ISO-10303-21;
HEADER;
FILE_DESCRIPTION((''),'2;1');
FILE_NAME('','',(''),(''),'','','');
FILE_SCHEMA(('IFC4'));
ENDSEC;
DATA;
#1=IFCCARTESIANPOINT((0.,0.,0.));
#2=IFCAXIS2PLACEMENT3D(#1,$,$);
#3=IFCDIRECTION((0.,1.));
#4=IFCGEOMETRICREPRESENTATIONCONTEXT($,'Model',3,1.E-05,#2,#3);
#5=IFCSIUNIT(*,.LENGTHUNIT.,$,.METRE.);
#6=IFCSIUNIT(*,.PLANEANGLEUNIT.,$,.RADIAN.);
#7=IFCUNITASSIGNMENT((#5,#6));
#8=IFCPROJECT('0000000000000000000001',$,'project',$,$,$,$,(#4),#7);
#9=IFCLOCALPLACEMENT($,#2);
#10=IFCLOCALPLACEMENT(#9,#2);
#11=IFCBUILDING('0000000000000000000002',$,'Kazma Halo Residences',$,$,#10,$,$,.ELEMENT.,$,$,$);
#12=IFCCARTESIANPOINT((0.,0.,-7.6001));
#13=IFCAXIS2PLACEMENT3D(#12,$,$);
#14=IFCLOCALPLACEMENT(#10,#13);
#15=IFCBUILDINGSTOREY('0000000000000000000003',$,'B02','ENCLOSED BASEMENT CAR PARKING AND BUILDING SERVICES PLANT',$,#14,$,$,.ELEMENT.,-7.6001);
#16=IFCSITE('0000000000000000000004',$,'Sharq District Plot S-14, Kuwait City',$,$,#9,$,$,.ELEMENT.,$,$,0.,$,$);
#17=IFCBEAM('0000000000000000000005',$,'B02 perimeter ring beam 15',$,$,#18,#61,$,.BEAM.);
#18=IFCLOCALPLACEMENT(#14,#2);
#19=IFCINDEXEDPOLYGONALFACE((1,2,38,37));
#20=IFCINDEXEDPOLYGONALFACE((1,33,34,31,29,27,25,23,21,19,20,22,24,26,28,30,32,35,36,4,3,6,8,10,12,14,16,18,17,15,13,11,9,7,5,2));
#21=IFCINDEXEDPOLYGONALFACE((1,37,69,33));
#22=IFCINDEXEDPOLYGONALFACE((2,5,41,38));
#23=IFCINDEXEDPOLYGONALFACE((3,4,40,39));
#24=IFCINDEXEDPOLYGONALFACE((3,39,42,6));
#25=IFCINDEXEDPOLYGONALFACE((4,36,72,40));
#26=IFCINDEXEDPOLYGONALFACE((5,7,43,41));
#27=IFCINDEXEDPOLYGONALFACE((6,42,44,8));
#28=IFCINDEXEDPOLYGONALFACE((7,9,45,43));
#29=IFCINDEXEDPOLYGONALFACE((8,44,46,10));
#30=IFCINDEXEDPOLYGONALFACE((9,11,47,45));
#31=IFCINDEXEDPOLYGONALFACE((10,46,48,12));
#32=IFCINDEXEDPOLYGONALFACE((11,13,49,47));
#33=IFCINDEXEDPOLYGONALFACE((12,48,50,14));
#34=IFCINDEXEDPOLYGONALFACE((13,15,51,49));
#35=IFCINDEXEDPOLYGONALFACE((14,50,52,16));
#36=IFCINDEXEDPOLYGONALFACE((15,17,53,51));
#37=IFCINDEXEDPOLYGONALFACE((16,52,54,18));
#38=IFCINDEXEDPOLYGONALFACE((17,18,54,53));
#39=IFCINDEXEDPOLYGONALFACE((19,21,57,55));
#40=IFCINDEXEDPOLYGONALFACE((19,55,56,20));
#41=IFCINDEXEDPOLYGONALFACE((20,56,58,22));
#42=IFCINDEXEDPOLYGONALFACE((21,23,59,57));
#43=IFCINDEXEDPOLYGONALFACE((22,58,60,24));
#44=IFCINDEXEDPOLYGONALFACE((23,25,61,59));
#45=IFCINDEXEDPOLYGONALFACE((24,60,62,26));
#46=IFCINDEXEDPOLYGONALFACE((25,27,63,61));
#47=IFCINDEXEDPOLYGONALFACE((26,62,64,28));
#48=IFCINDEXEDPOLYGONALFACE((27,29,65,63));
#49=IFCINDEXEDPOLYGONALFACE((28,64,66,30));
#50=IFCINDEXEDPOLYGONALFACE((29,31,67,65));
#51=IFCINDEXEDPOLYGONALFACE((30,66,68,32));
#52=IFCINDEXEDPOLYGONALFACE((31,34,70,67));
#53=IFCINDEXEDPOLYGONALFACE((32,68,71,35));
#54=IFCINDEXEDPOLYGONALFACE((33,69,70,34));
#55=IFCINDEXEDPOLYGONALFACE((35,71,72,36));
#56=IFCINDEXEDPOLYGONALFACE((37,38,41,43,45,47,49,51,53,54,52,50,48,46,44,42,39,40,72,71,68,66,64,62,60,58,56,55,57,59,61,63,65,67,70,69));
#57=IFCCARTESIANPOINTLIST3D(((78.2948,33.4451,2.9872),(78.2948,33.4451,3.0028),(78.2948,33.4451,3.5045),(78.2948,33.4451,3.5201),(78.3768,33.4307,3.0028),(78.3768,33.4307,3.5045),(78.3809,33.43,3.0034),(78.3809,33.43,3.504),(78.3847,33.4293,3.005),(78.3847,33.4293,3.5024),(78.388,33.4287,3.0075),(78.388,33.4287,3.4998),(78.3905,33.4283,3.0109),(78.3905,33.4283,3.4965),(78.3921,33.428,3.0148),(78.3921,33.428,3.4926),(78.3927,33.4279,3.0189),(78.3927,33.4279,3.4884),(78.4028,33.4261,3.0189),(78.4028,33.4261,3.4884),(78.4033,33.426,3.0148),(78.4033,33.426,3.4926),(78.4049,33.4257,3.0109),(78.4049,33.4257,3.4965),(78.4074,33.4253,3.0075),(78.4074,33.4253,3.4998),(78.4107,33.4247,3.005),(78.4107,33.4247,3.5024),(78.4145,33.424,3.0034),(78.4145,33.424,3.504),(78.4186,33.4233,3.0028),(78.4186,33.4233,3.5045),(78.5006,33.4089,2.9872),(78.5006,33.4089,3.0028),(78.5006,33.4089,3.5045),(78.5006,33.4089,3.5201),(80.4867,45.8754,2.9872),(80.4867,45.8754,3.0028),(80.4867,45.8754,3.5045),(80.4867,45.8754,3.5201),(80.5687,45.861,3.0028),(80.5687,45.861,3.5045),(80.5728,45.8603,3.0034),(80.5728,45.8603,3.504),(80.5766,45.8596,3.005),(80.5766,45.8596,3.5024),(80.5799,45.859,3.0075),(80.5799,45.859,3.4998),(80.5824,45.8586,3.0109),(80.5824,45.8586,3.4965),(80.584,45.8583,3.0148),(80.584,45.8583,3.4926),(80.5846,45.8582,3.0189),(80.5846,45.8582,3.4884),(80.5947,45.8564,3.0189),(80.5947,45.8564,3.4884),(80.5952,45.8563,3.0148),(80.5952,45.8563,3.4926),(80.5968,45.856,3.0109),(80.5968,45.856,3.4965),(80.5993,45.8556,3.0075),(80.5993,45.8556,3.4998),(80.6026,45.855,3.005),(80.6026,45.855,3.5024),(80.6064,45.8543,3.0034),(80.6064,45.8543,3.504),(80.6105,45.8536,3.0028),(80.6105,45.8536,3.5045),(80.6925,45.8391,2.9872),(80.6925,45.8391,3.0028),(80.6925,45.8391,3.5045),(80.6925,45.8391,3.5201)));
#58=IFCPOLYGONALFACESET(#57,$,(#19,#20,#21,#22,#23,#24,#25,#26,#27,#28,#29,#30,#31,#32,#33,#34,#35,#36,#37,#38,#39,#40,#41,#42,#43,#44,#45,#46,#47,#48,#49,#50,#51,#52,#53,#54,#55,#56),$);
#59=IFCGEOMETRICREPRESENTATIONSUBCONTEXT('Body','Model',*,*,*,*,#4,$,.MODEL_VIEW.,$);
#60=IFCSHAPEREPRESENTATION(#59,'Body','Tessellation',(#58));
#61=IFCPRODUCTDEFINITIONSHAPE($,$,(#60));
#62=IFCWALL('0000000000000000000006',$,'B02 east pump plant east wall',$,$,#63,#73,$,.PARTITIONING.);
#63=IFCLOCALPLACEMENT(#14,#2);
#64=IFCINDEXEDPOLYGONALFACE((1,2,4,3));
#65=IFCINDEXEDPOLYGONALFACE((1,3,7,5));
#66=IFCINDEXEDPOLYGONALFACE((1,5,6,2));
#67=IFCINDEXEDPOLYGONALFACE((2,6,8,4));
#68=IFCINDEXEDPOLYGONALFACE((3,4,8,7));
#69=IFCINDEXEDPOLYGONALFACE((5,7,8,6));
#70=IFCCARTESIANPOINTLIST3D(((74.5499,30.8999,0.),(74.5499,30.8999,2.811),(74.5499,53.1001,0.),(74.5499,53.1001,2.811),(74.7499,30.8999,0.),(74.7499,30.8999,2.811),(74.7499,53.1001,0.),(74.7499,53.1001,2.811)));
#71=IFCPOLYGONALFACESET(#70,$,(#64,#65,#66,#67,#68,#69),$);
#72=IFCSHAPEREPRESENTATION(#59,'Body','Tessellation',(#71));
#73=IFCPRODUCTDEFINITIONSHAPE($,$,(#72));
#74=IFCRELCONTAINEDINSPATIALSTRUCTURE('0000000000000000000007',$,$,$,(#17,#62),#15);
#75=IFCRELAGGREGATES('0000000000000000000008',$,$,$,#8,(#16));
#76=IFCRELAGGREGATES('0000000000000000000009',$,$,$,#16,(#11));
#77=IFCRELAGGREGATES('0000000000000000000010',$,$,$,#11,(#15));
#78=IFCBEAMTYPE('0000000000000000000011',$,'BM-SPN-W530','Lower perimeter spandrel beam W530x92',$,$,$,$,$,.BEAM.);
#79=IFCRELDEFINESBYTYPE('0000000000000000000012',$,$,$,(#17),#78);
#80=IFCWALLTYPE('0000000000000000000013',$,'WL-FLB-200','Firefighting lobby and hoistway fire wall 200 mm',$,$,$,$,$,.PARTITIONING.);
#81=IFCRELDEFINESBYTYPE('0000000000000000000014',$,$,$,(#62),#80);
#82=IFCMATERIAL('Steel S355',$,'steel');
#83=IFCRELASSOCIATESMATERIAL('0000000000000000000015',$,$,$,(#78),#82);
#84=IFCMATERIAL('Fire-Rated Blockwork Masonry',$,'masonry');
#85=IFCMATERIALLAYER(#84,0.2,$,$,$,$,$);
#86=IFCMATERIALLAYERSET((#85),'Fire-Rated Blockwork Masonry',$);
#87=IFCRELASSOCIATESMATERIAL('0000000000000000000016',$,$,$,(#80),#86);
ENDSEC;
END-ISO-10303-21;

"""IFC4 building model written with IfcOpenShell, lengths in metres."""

from ifc_helpers import new_model, si_unit, direction, frame, frame_2d, origin, origin_2d, place, context, subcontext, project, spatial, rectangle, i_section, extrude, material, layer, layer_set, material_profile, profile_set, type_object, element, save


model = new_model("IFC4")

# Units and contexts
model_context = context("Model", 3, precision=1e-05, world=origin(), true_north=direction((0.0, 1.0)))
body_context = subcontext(model_context, "Body", "Model", "MODEL_VIEW")
ifc_project = project(units=[si_unit("LENGTHUNIT", "METRE"), si_unit("PLANEANGLEUNIT", "RADIAN")], contexts=[model_context])

# Site, building, storey
site_placement = place(None, origin())
site = spatial("IfcSite", under=ifc_project, at=site_placement, Name="Sharq District Plot S-14, Kuwait City", CompositionType="ELEMENT", RefElevation=0.0)
building_placement = place(site_placement, origin())
building = spatial("IfcBuilding", under=site, at=building_placement, Name="Kazma Halo Residences", CompositionType="ELEMENT")
storey_placement = place(building_placement, frame((0.0, 0.0, -7.6001)))
storey = spatial("IfcBuildingStorey", under=building, at=storey_placement, Name="B02", Description="ENCLOSED BASEMENT CAR PARKING AND BUILDING SERVICES PLANT", CompositionType="ELEMENT", Elevation=-7.6001)

# Beam
ifc_material_1 = material(Name="Steel S355", Category="steel")
ifc_material_profile_1 = material_profile(ifc_material_1, i_section(OverallWidth=0.209, OverallDepth=0.533, WebThickness=0.0103, FlangeThickness=0.0156, FilletRadius=0.0161, at=origin_2d()), Name="W530x92")
ifc_profile_set_1 = profile_set([ifc_material_profile_1], Name="Steel S355")
beam_type_1 = type_object("IfcBeamType", Name="BM-SPN-W530", Description="Lower perimeter spandrel beam W530x92", PredefinedType="BEAM", material=ifc_profile_set_1)
beam_1_placement = place(storey_placement, frame((78.3977, 33.427, 3.2537), z_axis=(0.173657, 0.984806, 0.0), x_axis=(-0.984806, 0.173657, 0.0)))
element("IfcBeam", 1, at=beam_1_placement, inside=storey, type_object=beam_type_1, Name="B02 perimeter ring beam 15", PredefinedType="BEAM", context=body_context, shape_type="SweptSolid", body=[
    extrude(i_section(OverallWidth=0.209, OverallDepth=0.533, WebThickness=0.0103, FlangeThickness=0.0156, FilletRadius=0.0161, at=origin_2d()), origin(), (0.0, 0.0, 1.0), 12.6221),
])

# Wall
ifc_material_2 = material(Name="Fire-Rated Blockwork Masonry", Category="masonry")
ifc_layer = layer(ifc_material_2, 0.2)
ifc_layer_set = layer_set([ifc_layer], Name="Fire-Rated Blockwork Masonry")
wall_type = type_object("IfcWallType", Name="WL-FLB-200", Description="Firefighting lobby and hoistway fire wall 200 mm", PredefinedType="PARTITIONING", material=ifc_layer_set)
wall_placement = place(storey_placement, frame((74.6499, 30.8999, 0.0), z_axis=(0.0, 0.0, 1.0), x_axis=(0.0, 1.0, 0.0)))
element("IfcWall", 2, at=wall_placement, inside=storey, type_object=wall_type, Name="B02 east pump plant east wall", PredefinedType="PARTITIONING", context=body_context, shape_type="SweptSolid", body=[
    extrude(rectangle(XDim=22.2002, YDim=0.2, at=frame_2d((11.1001, 0.0))), origin(), (0.0, 0.0, 1.0), 2.811),
])

save(model, "model.ifc")
